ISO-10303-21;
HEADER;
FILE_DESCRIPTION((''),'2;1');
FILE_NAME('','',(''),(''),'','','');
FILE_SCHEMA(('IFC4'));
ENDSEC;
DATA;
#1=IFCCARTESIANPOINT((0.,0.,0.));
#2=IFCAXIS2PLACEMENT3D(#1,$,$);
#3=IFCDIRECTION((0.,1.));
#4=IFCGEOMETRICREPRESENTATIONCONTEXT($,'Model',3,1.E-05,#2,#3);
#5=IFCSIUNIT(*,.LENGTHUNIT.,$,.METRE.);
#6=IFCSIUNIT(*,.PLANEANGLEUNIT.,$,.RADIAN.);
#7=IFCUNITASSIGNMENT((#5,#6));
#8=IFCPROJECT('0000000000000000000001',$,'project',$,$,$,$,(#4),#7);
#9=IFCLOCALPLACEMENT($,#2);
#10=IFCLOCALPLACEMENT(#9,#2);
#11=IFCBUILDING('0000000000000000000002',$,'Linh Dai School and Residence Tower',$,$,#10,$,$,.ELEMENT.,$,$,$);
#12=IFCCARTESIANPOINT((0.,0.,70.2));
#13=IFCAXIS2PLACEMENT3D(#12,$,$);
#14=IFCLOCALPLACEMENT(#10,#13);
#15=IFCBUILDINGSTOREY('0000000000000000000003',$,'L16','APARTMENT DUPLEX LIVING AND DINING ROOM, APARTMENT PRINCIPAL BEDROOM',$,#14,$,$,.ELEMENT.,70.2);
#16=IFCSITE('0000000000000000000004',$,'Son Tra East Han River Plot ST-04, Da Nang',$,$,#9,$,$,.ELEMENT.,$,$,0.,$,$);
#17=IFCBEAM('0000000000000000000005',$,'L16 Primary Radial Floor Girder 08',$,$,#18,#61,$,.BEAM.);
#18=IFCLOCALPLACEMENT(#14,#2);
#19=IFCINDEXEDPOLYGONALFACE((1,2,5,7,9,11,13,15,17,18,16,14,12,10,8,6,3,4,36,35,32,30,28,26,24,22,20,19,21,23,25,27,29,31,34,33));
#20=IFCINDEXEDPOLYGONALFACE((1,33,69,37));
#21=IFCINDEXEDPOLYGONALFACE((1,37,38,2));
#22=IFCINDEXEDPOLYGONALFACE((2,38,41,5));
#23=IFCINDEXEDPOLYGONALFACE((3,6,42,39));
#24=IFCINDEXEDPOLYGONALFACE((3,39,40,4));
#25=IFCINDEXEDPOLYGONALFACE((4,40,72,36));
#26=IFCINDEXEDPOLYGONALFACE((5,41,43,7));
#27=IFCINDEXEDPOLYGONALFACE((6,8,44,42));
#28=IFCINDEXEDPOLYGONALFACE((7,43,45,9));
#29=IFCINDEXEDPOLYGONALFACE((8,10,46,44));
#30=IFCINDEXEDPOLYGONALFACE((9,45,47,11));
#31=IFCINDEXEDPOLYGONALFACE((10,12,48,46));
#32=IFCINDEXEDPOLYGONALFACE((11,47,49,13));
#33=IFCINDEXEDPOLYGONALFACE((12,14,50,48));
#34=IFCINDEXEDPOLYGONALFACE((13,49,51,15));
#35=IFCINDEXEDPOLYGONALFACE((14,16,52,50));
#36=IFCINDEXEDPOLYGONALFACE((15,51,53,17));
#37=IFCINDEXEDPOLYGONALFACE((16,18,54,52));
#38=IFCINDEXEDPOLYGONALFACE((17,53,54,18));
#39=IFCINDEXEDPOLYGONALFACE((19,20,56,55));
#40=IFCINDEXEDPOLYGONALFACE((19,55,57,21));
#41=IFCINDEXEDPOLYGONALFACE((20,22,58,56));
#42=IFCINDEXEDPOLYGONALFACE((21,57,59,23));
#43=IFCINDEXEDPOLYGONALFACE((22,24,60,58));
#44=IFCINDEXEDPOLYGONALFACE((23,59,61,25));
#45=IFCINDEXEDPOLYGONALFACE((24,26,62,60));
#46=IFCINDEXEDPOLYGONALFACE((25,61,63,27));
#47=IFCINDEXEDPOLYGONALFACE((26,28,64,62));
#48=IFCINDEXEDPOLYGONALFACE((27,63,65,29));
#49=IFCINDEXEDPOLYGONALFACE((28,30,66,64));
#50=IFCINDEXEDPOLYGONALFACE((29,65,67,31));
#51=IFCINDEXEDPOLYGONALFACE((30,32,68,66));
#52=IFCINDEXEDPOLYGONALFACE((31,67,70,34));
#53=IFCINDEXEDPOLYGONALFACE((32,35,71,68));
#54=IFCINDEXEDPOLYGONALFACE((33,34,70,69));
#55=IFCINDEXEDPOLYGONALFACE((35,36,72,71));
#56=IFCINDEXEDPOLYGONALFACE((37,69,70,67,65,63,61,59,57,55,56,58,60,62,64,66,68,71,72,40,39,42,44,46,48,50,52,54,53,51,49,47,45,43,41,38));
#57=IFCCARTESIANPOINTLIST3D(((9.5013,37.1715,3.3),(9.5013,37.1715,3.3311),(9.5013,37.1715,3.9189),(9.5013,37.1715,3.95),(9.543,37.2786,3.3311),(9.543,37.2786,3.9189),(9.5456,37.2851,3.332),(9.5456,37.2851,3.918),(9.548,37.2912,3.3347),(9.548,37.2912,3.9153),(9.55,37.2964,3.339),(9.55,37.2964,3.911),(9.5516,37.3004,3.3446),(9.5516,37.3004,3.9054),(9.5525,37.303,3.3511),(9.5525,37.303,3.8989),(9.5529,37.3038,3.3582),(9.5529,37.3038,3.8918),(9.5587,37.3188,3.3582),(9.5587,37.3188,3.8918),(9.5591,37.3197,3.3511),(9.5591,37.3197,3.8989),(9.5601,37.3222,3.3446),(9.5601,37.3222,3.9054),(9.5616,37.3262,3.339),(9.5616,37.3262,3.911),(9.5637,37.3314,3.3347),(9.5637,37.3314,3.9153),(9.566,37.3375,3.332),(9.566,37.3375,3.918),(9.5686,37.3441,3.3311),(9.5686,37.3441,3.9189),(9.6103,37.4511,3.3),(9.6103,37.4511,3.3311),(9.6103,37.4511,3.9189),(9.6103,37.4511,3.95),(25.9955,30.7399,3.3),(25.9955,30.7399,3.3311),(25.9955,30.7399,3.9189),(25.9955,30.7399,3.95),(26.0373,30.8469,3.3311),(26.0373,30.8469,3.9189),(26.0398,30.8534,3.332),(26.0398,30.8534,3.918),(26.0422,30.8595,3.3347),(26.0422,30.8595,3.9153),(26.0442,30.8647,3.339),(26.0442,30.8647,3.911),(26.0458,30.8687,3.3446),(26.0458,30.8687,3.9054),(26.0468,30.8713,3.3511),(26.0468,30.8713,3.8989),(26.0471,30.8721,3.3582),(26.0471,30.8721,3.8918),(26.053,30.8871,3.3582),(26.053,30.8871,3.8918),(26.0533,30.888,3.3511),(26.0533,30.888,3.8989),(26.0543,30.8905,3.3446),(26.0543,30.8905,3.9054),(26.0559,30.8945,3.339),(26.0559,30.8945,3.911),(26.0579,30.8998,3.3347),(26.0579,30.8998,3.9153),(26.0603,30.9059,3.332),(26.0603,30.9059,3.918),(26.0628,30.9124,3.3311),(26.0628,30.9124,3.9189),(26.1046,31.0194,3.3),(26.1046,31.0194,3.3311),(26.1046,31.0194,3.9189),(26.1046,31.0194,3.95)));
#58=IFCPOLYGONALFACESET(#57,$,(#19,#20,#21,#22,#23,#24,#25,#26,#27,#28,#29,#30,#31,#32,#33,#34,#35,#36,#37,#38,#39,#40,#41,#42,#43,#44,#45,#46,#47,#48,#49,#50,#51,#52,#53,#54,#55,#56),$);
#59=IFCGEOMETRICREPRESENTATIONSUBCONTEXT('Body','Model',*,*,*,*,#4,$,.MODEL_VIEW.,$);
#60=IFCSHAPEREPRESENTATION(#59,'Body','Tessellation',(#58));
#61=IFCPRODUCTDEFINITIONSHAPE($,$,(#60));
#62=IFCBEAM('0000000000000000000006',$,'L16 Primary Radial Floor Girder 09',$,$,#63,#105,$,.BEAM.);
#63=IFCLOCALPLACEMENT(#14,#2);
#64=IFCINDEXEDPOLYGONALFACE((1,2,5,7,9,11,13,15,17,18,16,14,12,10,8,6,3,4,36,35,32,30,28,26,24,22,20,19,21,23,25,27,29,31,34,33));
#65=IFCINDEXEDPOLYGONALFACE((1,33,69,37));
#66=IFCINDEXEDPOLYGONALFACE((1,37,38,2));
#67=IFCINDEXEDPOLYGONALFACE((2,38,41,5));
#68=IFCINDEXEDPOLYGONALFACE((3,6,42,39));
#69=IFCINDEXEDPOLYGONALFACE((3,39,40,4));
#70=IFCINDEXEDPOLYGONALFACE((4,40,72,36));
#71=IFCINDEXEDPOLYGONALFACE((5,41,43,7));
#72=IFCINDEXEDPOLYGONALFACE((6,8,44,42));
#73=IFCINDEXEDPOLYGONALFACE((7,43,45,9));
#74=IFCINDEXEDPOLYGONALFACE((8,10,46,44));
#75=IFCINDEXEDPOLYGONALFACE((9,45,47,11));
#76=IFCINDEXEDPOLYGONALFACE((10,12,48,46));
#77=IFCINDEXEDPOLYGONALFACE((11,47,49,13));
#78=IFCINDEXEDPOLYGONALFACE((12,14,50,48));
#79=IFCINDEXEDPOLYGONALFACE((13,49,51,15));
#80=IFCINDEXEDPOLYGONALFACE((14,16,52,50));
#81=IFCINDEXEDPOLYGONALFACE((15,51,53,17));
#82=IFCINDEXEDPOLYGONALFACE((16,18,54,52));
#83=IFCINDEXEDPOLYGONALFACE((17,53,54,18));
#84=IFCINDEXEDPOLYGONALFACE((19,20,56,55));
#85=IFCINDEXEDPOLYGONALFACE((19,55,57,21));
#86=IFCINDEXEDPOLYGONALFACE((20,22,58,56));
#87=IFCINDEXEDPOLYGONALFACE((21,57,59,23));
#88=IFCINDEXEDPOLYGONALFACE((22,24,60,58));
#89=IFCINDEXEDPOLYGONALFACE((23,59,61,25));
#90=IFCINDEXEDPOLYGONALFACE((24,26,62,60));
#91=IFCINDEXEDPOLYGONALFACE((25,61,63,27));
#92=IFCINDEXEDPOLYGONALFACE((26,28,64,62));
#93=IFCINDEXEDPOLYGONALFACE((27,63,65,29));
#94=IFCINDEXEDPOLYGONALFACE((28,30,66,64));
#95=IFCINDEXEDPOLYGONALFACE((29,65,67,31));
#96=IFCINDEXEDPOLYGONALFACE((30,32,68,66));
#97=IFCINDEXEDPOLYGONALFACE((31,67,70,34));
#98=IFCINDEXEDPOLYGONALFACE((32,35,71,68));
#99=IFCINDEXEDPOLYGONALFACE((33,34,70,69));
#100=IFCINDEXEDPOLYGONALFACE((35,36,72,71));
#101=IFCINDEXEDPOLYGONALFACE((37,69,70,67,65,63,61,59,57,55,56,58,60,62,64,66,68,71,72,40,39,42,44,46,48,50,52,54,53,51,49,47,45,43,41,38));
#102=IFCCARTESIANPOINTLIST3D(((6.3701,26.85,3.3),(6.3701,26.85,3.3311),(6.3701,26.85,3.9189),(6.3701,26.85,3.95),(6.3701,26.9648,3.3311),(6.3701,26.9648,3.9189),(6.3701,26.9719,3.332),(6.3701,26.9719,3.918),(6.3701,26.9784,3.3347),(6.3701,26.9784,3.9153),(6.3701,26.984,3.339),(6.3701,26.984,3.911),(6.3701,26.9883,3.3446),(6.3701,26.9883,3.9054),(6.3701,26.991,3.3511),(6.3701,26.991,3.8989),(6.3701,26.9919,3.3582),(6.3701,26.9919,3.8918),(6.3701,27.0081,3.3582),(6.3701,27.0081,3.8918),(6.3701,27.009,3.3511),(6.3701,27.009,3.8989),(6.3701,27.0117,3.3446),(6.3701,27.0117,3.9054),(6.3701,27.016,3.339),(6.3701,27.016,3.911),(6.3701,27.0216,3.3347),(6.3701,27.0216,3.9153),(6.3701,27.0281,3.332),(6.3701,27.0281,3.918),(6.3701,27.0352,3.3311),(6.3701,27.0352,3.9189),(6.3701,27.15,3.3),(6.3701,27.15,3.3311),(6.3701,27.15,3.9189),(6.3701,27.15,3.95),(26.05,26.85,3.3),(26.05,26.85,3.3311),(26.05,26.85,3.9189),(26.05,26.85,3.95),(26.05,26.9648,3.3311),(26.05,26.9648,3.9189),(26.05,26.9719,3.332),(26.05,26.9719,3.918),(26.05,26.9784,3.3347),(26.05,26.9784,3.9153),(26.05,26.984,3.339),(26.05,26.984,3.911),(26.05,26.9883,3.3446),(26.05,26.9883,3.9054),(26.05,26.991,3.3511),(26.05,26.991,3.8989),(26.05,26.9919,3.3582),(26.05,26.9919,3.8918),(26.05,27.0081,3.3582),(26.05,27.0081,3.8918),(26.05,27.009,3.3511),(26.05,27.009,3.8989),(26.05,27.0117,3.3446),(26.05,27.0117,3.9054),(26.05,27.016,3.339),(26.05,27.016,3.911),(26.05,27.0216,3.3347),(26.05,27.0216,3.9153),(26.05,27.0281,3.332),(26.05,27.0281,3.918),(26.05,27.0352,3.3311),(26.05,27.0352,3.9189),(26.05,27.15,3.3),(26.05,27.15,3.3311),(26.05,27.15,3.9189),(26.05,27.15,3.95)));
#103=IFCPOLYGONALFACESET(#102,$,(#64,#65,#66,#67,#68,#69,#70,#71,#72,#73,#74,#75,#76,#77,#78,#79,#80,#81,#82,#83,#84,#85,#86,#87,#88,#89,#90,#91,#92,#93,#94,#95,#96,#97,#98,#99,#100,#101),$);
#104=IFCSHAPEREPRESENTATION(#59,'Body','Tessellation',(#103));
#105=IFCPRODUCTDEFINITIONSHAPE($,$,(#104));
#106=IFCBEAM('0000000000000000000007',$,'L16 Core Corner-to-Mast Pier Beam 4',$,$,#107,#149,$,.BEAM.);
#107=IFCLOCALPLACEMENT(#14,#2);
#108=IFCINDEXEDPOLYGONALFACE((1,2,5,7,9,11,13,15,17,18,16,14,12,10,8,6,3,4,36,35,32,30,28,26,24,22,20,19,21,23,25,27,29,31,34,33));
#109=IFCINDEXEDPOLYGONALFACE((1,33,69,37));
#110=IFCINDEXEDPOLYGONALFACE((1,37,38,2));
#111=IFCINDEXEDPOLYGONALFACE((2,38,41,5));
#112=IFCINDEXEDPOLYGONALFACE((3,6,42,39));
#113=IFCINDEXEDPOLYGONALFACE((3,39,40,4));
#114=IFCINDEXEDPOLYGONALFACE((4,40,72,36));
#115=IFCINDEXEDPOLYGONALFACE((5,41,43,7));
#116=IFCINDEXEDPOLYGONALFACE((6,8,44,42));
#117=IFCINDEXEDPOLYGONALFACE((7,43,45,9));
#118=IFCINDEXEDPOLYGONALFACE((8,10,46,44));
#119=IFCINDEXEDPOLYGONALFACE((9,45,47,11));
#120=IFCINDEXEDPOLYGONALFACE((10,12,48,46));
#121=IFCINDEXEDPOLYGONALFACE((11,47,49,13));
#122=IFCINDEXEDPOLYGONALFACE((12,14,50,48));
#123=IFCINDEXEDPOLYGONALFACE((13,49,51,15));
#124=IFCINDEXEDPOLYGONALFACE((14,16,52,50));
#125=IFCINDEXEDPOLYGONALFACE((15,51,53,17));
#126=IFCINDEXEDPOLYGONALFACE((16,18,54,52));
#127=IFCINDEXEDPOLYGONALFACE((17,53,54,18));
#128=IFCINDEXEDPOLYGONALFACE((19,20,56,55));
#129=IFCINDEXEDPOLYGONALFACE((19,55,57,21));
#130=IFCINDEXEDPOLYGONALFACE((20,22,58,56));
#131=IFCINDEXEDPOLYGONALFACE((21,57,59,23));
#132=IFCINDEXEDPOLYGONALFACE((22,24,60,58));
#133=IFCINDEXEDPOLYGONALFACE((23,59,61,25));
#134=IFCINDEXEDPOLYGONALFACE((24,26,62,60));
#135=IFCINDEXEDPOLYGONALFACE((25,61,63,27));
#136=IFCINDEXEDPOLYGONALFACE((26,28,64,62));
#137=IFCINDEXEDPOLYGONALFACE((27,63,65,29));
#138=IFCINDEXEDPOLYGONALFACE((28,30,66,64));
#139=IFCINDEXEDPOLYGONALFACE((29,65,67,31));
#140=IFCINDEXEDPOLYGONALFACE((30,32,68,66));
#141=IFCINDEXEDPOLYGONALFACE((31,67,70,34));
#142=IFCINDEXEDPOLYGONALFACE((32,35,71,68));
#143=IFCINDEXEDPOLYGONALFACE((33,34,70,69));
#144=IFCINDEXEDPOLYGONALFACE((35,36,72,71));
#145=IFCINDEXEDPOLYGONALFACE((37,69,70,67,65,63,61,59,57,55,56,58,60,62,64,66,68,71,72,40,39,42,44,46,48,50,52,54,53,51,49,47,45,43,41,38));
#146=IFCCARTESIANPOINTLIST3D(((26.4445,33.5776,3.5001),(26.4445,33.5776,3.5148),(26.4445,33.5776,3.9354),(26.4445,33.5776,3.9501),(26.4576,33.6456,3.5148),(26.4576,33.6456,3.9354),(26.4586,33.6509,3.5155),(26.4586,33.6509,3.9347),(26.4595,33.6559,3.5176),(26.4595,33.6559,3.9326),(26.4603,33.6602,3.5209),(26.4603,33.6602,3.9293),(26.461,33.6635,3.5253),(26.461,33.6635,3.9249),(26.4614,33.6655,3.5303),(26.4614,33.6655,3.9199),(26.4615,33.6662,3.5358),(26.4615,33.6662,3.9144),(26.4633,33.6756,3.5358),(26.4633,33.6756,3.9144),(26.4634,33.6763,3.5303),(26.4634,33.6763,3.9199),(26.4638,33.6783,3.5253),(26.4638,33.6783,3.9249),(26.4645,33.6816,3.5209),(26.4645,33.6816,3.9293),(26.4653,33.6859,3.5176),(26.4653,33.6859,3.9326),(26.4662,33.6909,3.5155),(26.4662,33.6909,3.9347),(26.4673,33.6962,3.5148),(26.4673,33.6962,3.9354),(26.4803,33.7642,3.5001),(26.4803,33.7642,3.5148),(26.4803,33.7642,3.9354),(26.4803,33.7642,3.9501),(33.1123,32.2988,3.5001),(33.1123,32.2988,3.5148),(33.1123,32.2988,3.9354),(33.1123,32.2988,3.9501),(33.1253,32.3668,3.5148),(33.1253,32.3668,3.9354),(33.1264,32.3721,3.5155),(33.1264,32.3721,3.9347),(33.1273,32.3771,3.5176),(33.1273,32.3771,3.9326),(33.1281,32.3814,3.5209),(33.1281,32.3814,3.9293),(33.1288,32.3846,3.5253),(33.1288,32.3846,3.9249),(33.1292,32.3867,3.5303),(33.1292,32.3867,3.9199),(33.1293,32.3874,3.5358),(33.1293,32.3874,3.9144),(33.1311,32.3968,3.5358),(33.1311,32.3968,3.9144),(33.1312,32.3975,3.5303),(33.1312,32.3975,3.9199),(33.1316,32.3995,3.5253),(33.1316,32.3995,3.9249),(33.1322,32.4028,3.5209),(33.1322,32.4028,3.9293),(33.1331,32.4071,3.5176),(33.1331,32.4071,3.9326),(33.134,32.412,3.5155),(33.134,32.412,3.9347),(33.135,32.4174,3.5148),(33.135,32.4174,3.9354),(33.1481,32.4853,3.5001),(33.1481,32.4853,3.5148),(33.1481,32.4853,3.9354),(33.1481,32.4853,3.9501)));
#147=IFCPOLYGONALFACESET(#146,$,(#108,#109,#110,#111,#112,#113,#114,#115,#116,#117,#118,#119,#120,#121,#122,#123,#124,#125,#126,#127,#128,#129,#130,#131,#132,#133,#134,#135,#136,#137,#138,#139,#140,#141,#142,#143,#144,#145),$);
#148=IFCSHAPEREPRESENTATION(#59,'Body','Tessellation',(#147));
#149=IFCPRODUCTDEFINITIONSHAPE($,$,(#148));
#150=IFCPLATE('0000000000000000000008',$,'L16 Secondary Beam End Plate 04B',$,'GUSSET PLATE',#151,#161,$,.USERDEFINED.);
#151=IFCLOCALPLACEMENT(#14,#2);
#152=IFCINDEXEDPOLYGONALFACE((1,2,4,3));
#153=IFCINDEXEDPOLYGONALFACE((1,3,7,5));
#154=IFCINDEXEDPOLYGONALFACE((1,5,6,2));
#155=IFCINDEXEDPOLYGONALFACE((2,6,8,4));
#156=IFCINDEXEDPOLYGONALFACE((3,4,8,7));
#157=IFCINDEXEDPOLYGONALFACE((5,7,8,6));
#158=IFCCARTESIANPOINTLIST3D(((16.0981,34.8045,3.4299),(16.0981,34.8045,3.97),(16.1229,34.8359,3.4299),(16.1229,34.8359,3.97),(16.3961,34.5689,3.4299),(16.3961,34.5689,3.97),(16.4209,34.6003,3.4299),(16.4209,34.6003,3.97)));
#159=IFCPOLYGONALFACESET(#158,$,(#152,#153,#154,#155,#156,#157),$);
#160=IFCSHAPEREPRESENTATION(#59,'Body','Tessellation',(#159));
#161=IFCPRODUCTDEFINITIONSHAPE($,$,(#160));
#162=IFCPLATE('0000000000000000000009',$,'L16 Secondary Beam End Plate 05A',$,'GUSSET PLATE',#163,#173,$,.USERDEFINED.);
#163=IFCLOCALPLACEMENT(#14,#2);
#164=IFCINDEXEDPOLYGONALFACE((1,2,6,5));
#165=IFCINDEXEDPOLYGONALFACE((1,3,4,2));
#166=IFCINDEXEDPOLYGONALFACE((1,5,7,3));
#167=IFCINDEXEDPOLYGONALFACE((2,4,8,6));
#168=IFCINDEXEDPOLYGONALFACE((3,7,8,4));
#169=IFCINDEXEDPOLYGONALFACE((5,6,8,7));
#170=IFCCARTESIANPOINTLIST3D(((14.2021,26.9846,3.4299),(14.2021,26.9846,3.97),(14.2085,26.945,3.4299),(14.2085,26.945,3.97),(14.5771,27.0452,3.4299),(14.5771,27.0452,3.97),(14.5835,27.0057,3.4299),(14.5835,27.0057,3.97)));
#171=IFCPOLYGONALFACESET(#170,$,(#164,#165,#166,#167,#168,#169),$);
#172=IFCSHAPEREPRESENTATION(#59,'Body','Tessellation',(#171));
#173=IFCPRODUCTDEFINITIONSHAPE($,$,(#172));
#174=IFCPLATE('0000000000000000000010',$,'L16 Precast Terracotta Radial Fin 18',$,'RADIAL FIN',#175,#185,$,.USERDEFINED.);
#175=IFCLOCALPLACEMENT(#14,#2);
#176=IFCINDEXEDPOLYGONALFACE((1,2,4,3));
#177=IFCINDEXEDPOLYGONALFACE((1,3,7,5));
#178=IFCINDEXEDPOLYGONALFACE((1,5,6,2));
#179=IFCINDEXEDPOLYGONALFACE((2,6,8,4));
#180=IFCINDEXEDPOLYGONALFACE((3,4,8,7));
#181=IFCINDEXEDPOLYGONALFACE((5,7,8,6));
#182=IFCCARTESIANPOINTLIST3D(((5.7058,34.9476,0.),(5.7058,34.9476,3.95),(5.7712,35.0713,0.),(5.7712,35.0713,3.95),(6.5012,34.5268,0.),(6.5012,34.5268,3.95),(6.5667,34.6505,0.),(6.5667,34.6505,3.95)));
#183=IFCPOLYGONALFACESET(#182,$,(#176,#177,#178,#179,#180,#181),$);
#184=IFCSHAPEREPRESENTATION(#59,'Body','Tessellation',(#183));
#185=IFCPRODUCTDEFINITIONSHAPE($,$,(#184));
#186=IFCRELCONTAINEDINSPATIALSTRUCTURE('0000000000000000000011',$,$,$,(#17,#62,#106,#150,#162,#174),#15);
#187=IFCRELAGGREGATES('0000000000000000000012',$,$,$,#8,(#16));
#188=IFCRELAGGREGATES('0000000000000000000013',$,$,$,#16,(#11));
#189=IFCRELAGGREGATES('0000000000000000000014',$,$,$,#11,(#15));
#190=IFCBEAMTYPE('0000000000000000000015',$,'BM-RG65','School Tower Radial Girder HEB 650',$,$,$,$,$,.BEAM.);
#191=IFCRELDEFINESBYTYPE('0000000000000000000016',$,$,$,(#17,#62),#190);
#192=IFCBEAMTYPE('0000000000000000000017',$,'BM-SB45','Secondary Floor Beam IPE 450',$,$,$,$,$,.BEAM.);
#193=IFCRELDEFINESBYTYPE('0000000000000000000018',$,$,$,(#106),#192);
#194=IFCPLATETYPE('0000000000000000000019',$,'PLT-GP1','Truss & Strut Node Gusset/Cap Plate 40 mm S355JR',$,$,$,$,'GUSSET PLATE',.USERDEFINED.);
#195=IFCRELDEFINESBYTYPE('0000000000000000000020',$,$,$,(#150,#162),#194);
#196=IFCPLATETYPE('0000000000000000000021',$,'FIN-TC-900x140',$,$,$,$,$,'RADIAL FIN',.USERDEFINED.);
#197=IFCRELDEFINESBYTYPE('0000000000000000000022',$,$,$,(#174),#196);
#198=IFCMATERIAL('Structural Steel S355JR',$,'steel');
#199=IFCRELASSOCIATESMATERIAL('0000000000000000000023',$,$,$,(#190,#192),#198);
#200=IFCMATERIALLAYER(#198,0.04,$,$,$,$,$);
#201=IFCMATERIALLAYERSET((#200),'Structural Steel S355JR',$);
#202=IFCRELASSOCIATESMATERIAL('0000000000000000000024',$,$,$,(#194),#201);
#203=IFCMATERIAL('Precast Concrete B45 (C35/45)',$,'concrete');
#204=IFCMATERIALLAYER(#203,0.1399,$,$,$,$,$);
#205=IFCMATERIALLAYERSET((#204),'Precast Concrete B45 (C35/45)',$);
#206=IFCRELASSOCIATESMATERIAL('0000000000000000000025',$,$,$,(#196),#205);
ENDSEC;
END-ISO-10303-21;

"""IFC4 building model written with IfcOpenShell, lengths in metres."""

from ifc_helpers import new_model, si_unit, direction, frame, origin, origin_2d, place, context, subcontext, project, spatial, rectangle, i_section, extrude, source, transform, mapped, material, layer, layer_set, material_profile, profile_set, type_object, element, save


model = new_model("IFC4")

# Units and contexts
model_context = context("Model", 3, precision=1e-05, world=origin(), true_north=direction((0.0, 1.0)))
body_context = subcontext(model_context, "Body", "Model", "MODEL_VIEW")
ifc_project = project(units=[si_unit("LENGTHUNIT", "METRE"), si_unit("PLANEANGLEUNIT", "RADIAN")], contexts=[model_context])

# Site, building, storey
site_placement = place(None, origin())
site = spatial("IfcSite", under=ifc_project, at=site_placement, Name="Son Tra East Han River Plot ST-04, Da Nang", CompositionType="ELEMENT", RefElevation=0.0)
building_placement = place(site_placement, origin())
building = spatial("IfcBuilding", under=site, at=building_placement, Name="Linh Dai School and Residence Tower", CompositionType="ELEMENT")
storey_placement = place(building_placement, frame((0.0, 0.0, 70.2)))
storey = spatial("IfcBuildingStorey", under=building, at=storey_placement, Name="L16", Description="APARTMENT DUPLEX LIVING AND DINING ROOM, APARTMENT PRINCIPAL BEDROOM", CompositionType="ELEMENT", Elevation=70.2)

# Shared definitions
ifc_material_1 = material(Name="Structural Steel S355JR", Category="steel")

# Beams
ifc_material_profile_1 = material_profile(ifc_material_1, i_section(OverallWidth=0.3, OverallDepth=0.6499, WebThickness=0.0161, FlangeThickness=0.031, FilletRadius=0.0271, at=origin_2d()), Name="HEB 650")
ifc_profile_set_1 = profile_set([ifc_material_profile_1], Name="Structural Steel S355JR")
beam_type_1 = type_object("IfcBeamType", Name="BM-RG65", Description="School Tower Radial Girder HEB 650", PredefinedType="BEAM", material=ifc_profile_set_1)
beam_1_placement = place(storey_placement, frame((26.05, 30.8796, 3.625), z_axis=(-0.931675, 0.363293, 0.0), x_axis=(-0.363293, -0.931675, 0.0)))
element("IfcBeam", 1, at=beam_1_placement, inside=storey, type_object=beam_type_1, Name="L16 Primary Radial Floor Girder 08", PredefinedType="BEAM", context=body_context, shape_type="SweptSolid", body=[
    extrude(i_section(OverallWidth=0.3, OverallDepth=0.6499, WebThickness=0.0161, FlangeThickness=0.031, FilletRadius=0.0271, at=origin_2d()), origin(), (0.0, 0.0, 1.0), 17.7039),
])
beam_2_placement = place(storey_placement, frame((26.05, 27.0, 3.625), z_axis=(-1.0, 0.0, 0.0), x_axis=(0.0, -1.0, 0.0)))
element("IfcBeam", 2, at=beam_2_placement, inside=storey, type_object=beam_type_1, Name="L16 Primary Radial Floor Girder 09", PredefinedType="BEAM", context=body_context, shape_type="SweptSolid", body=[
    extrude(i_section(OverallWidth=0.3, OverallDepth=0.6499, WebThickness=0.0161, FlangeThickness=0.031, FilletRadius=0.0271, at=origin_2d()), origin(), (0.0, 0.0, 1.0), 19.6799),
])
ifc_material_profile_2 = material_profile(ifc_material_1, i_section(OverallWidth=0.1899, OverallDepth=0.45, WebThickness=0.0095, FlangeThickness=0.0146, FilletRadius=0.021, at=origin_2d()), Name="IPE 450")
ifc_profile_set_2 = profile_set([ifc_material_profile_2], Name="Structural Steel S355JR")
beam_type_2 = type_object("IfcBeamType", Name="BM-SB45", Description="Secondary Floor Beam IPE 450", PredefinedType="BEAM", material=ifc_profile_set_2)
beam_3_placement = place(storey_placement, frame((26.4624, 33.6709, 3.7251), z_axis=(0.9821, -0.188358, 0.0), x_axis=(0.188358, 0.9821, 0.0)))
element("IfcBeam", 3, at=beam_3_placement, inside=storey, type_object=beam_type_2, Name="L16 Core Corner-to-Mast Pier Beam 4", PredefinedType="BEAM", context=body_context, shape_type="SweptSolid", body=[
    extrude(i_section(OverallWidth=0.1899, OverallDepth=0.45, WebThickness=0.0095, FlangeThickness=0.0146, FilletRadius=0.021, at=origin_2d()), origin(), (0.0, 0.0, 1.0), 6.7893),
])

# Plates
ifc_layer_1 = layer(ifc_material_1, 0.04)
ifc_layer_set_1 = layer_set([ifc_layer_1], Name="Structural Steel S355JR")
plate_type_1 = type_object("IfcPlateType", Name="PLT-GP1", Description="Truss & Strut Node Gusset/Cap Plate 40 mm S355JR", ElementType="GUSSET PLATE", PredefinedType="USERDEFINED", material=ifc_layer_set_1)
shared_shape_1 = source(origin(), body_context, "Body", "SweptSolid", [
    extrude(rectangle(XDim=0.04, YDim=0.3799, at=origin_2d()), origin(), (0.0, 0.0, 1.0), 0.54),
])
for number, where, z_axis, x_axis, name in (
    (4, (16.2595, 34.7024, 3.4299), (0.0, 0.0, 1.0), (-0.620178, -0.784461, 0.0), "L16 Secondary Beam End Plate 04B"),
    (5, (14.3928, 26.9951, 3.4299), (0.0, 0.0, 1.0), (0.159659, -0.987172, 0.0), "L16 Secondary Beam End Plate 05A"),
):
    element("IfcPlate", number, at=place(storey_placement, frame(where, z_axis=z_axis, x_axis=x_axis)), inside=storey, type_object=plate_type_1, Name=name, ObjectType="GUSSET PLATE", PredefinedType="USERDEFINED", context=body_context, shape_type="MappedRepresentation", body=[
        mapped(shared_shape_1, transform((0.0, 0.0, 0.0), x_axis=(1.0, 0.0, 0.0), y_axis=(0.0, 1.0, 0.0), z_axis=(0.0, 0.0, 1.0), scale=1.0)),
    ])
ifc_material_2 = material(Name="Precast Concrete B45 (C35/45)", Category="concrete")
ifc_layer_2 = layer(ifc_material_2, 0.1399)
ifc_layer_set_2 = layer_set([ifc_layer_2], Name="Precast Concrete B45 (C35/45)")
plate_type_2 = type_object("IfcPlateType", Name="FIN-TC-900x140", ElementType="RADIAL FIN", PredefinedType="USERDEFINED", material=ifc_layer_set_2)
shared_shape_2 = source(origin(), body_context, "Body", "SweptSolid", [
    extrude(rectangle(XDim=0.8999, YDim=0.1399, at=origin_2d()), origin(), (0.0, 0.0, 1.0), 3.95),
])
plate_placement = place(storey_placement, frame((6.1362, 34.7991, 0.0), z_axis=(0.0, 0.0, 1.0), x_axis=(-0.883934, 0.467612, 0.0)))
element("IfcPlate", 6, at=plate_placement, inside=storey, type_object=plate_type_2, Name="L16 Precast Terracotta Radial Fin 18", ObjectType="RADIAL FIN", PredefinedType="USERDEFINED", context=body_context, shape_type="MappedRepresentation", body=[
    mapped(shared_shape_2, transform((0.0, 0.0, 0.0), x_axis=(1.0, 0.0, 0.0), y_axis=(0.0, 1.0, 0.0), z_axis=(0.0, 0.0, 1.0), scale=1.0)),
])

save(model, "model.ifc")
